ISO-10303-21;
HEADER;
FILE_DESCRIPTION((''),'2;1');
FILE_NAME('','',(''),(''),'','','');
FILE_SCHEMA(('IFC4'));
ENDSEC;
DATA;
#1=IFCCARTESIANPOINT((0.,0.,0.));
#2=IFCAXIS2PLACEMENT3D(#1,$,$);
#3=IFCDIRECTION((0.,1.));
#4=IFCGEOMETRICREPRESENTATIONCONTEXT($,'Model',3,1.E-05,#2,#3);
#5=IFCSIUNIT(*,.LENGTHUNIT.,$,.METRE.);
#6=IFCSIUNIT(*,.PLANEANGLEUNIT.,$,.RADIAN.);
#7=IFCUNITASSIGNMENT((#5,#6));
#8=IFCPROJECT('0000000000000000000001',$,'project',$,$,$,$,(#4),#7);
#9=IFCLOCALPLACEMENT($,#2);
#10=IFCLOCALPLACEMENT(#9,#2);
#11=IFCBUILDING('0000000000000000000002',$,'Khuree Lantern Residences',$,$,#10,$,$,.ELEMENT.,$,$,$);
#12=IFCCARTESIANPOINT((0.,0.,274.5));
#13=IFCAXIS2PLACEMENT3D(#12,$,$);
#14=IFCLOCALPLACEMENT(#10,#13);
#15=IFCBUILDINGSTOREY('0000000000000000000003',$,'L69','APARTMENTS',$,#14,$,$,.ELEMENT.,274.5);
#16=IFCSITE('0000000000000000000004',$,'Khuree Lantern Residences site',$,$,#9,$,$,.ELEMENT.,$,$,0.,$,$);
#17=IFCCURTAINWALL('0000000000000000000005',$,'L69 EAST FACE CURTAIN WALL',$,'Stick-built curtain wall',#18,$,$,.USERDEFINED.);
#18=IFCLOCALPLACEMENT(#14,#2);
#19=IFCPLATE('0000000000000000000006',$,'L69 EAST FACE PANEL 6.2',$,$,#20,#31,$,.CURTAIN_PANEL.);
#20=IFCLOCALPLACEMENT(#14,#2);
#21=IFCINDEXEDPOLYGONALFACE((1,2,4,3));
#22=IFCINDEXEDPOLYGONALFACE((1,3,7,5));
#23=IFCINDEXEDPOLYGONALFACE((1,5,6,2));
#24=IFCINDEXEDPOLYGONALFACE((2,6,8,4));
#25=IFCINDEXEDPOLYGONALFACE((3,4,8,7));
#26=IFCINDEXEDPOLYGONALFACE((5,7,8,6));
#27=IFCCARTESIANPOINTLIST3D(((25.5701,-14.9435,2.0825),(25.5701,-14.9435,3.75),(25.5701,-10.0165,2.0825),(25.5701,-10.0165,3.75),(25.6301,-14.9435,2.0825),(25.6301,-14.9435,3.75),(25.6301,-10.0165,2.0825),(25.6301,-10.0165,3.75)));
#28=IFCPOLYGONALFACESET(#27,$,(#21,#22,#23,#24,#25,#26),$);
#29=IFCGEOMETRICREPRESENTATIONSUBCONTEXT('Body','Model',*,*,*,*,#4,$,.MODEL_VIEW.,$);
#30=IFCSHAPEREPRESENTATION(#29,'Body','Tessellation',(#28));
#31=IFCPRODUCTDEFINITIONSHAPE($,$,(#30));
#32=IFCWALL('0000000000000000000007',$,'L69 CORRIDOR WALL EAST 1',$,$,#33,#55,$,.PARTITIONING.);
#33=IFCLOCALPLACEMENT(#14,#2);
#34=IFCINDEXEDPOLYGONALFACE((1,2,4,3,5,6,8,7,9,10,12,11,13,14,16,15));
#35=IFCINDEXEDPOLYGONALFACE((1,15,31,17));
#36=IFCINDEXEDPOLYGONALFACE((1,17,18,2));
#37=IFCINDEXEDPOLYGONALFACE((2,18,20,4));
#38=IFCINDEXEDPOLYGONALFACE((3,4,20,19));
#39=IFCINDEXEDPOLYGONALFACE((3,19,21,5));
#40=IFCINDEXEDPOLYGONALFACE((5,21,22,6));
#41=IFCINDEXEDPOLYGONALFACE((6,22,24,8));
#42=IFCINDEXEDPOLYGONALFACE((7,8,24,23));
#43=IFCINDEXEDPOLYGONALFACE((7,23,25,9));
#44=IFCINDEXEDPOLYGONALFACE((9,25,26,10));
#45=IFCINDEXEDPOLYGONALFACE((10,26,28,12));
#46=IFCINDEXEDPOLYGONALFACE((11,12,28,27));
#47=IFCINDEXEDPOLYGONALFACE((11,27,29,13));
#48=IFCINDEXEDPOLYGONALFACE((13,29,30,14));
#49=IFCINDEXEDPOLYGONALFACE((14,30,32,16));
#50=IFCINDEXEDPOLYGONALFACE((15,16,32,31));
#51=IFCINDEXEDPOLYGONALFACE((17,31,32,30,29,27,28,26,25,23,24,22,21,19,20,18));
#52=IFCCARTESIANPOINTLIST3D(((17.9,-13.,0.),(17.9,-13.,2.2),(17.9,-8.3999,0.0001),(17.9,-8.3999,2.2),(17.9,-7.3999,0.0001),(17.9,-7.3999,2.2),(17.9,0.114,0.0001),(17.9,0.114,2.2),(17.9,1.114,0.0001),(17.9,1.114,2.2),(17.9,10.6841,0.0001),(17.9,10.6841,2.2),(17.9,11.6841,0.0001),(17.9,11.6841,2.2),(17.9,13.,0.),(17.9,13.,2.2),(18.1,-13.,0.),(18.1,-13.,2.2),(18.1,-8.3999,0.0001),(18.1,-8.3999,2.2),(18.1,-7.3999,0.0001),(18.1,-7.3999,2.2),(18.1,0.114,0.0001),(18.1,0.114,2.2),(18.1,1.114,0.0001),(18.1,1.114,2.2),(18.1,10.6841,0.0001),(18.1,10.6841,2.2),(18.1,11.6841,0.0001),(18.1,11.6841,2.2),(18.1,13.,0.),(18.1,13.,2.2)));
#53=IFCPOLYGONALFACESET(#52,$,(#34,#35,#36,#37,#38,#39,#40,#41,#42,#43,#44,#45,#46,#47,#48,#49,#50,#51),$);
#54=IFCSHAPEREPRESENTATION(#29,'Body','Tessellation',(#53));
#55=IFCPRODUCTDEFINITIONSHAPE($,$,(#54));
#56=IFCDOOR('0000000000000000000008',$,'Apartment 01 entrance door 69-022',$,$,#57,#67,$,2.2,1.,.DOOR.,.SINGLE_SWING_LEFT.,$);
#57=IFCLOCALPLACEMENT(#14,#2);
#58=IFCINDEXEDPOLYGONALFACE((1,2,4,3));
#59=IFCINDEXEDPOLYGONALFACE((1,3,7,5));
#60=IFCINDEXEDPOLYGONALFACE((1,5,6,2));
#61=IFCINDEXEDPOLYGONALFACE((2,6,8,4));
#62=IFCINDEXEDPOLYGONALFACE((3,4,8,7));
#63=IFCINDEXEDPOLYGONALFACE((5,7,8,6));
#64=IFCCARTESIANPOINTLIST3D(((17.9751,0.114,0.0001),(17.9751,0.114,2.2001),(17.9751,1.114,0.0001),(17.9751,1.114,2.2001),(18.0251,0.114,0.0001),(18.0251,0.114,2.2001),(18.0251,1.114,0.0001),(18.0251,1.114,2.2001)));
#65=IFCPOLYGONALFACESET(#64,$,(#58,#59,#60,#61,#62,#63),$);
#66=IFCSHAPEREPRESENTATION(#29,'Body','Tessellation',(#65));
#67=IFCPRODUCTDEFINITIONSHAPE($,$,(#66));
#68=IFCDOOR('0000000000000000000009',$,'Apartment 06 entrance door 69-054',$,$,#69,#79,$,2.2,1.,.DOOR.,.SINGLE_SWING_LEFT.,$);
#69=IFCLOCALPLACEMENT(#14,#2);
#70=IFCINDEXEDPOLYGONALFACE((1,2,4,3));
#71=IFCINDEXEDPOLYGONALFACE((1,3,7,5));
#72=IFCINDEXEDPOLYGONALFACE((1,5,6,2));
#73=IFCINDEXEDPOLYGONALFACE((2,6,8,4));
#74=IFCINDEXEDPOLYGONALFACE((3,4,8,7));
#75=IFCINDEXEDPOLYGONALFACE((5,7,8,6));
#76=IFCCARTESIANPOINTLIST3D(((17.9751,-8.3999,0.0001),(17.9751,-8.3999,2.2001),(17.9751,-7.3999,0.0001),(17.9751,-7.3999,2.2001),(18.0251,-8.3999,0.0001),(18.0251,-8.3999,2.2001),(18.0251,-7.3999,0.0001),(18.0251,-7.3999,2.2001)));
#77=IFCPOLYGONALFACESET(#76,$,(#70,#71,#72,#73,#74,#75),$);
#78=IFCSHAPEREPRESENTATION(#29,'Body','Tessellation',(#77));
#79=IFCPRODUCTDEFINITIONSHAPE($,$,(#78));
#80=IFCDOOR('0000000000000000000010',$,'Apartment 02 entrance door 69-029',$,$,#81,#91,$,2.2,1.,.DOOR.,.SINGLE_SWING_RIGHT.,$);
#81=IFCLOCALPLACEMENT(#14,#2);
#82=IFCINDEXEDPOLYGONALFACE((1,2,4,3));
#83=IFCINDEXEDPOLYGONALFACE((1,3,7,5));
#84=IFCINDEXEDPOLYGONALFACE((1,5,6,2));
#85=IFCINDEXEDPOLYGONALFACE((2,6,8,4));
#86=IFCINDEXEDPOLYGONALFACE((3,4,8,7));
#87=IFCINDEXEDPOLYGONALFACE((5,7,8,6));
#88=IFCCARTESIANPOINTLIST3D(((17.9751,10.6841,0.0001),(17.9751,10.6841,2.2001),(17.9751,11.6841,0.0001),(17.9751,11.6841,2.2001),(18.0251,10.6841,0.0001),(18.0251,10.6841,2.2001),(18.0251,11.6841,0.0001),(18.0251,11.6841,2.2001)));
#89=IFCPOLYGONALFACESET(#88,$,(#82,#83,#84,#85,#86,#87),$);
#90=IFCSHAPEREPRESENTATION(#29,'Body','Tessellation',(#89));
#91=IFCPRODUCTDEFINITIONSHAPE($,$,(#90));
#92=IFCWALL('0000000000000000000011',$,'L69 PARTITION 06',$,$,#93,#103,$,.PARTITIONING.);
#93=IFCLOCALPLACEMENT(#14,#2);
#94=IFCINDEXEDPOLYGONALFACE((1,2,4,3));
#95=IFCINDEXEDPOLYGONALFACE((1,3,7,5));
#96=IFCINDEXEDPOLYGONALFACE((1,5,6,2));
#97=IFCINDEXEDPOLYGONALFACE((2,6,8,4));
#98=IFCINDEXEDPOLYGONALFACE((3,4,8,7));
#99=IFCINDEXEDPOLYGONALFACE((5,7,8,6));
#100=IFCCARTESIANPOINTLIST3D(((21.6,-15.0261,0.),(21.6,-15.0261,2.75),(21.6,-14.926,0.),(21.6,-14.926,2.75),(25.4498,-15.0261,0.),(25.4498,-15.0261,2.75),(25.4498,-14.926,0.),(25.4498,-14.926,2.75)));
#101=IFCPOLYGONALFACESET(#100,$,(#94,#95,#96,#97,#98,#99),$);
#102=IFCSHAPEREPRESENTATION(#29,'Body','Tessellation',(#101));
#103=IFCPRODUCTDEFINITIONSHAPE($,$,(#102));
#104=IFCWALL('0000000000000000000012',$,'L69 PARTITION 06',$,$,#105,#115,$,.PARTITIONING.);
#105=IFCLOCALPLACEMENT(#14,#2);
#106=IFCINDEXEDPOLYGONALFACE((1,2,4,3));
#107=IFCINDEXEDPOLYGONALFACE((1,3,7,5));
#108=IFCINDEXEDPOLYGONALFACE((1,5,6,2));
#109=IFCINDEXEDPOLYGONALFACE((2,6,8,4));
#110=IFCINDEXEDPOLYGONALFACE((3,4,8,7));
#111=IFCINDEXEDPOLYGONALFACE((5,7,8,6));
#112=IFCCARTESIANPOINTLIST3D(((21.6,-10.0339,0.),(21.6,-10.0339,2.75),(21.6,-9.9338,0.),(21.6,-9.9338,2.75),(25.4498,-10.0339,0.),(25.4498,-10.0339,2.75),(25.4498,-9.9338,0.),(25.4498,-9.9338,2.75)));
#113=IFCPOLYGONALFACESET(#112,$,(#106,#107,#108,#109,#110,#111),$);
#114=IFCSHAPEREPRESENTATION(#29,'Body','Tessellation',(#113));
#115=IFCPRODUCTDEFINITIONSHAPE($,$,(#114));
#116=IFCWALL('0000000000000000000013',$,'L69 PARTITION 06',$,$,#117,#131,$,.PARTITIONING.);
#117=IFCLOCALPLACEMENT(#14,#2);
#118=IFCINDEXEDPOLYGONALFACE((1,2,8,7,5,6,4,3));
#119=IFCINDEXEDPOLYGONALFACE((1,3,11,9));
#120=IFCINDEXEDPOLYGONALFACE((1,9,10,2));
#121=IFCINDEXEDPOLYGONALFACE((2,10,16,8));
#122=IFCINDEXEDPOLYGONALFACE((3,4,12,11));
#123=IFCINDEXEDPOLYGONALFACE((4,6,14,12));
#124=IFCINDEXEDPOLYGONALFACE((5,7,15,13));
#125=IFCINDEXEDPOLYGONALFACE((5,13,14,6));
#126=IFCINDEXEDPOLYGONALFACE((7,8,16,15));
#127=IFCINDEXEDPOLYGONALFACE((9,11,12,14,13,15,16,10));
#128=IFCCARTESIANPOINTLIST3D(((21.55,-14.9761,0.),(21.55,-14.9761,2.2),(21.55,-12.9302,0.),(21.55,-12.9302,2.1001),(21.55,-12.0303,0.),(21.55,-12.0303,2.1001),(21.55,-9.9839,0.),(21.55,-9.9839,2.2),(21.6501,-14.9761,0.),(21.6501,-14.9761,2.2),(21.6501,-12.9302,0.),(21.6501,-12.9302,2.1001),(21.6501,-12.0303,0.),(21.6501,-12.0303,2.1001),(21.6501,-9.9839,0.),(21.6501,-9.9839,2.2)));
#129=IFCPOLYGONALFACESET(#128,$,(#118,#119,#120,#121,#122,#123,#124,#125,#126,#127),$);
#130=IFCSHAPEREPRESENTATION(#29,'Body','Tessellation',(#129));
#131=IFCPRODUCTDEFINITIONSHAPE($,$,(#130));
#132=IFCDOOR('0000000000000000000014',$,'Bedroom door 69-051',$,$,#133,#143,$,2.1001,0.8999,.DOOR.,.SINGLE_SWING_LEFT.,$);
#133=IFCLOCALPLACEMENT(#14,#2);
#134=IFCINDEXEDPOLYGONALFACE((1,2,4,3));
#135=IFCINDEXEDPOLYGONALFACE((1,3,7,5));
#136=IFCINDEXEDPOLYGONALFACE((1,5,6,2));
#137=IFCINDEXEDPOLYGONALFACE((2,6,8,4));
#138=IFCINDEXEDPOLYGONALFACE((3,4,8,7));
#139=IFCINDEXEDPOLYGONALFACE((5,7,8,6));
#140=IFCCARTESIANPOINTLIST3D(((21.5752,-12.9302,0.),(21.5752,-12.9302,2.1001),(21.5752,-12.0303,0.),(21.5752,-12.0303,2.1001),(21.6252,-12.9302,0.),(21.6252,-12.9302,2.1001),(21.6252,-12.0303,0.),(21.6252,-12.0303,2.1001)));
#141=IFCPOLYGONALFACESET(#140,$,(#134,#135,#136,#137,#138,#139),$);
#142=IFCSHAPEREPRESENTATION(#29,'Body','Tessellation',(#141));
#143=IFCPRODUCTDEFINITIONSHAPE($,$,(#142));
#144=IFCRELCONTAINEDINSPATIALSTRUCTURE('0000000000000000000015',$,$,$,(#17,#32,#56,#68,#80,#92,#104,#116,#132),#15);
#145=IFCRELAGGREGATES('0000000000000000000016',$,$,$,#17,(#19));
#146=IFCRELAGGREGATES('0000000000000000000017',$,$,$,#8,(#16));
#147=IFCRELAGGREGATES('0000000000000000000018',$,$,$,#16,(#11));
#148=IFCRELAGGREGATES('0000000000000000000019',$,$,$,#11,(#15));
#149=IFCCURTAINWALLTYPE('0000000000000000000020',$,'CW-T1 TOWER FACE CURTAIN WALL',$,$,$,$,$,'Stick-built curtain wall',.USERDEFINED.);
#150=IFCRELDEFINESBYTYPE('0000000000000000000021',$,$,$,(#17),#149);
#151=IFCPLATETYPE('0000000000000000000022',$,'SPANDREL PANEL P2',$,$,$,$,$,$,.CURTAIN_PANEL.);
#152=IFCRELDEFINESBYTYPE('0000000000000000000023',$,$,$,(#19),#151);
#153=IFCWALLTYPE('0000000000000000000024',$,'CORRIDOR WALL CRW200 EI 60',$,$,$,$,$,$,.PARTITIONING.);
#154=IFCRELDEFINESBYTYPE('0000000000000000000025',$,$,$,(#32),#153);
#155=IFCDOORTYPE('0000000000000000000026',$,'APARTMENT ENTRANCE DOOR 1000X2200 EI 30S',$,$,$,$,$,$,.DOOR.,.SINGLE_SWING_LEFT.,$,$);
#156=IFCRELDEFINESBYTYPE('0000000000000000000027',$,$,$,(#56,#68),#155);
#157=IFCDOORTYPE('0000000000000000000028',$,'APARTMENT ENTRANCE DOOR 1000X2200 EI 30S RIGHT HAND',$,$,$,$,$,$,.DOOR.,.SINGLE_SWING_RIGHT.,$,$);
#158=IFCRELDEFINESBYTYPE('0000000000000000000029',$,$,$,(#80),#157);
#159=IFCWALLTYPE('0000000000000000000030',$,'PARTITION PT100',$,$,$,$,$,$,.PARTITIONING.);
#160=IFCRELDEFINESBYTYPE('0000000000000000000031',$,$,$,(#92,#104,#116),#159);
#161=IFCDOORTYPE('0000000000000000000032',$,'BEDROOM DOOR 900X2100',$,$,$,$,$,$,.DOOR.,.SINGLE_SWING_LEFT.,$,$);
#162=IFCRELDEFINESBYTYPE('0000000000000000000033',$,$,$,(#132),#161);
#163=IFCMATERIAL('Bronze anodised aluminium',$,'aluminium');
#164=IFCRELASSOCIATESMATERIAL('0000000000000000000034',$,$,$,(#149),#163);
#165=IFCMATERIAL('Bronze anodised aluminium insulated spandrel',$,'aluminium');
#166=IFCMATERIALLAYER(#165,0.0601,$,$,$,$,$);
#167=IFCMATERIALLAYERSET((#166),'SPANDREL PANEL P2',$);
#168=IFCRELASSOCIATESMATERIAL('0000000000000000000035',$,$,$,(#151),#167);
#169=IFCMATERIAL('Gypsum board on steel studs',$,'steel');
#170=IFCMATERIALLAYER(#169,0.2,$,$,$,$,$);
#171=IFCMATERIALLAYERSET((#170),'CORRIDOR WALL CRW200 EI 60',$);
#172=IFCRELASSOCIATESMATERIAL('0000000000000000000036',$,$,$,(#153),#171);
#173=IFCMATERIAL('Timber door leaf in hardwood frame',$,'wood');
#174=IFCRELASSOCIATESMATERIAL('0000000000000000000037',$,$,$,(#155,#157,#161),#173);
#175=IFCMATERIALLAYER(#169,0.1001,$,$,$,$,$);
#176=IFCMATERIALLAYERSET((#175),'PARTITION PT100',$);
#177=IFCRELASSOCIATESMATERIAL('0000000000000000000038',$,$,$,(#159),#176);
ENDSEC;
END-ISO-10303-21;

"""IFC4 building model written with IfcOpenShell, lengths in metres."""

from ifc_helpers import new_model, si_unit, direction, frame, frame_2d, origin, origin_2d, place, context, subcontext, project, spatial, rectangle, extrude, material, layer, layer_set, type_object, element, fill, aggregate, save


model = new_model("IFC4")

# Units and contexts
model_context = context("Model", 3, precision=1e-05, world=origin(), true_north=direction((0.0, 1.0)))
body_context = subcontext(model_context, "Body", "Model", "MODEL_VIEW")
ifc_project = project(units=[si_unit("LENGTHUNIT", "METRE"), si_unit("PLANEANGLEUNIT", "RADIAN")], contexts=[model_context])

# Site, building, storey
site_placement = place(None, origin())
site = spatial("IfcSite", under=ifc_project, at=site_placement, Name="Khuree Lantern Residences site", CompositionType="ELEMENT", RefElevation=0.0)
building_placement = place(site_placement, origin())
building = spatial("IfcBuilding", under=site, at=building_placement, Name="Khuree Lantern Residences", CompositionType="ELEMENT")
storey_placement = place(building_placement, frame((0.0, 0.0, 274.5)))
storey = spatial("IfcBuildingStorey", under=building, at=storey_placement, Name="L69", Description="APARTMENTS", CompositionType="ELEMENT", Elevation=274.5)

# Curtain wall
ifc_material_1 = material(Name="Bronze anodised aluminium", Category="aluminium")
curtain_wall_type = type_object("IfcCurtainWallType", Name="CW-T1 TOWER FACE CURTAIN WALL", ElementType="Stick-built curtain wall", PredefinedType="USERDEFINED", material=ifc_material_1)
curtain_wall_placement = place(storey_placement, origin())
curtain_wall = element("IfcCurtainWall", 1, at=curtain_wall_placement, inside=storey, type_object=curtain_wall_type, Name="L69 EAST FACE CURTAIN WALL", ObjectType="Stick-built curtain wall", PredefinedType="USERDEFINED")

# Plate
ifc_material_2 = material(Name="Bronze anodised aluminium insulated spandrel", Category="aluminium")
ifc_layer_1 = layer(ifc_material_2, 0.0601)
ifc_layer_set_1 = layer_set([ifc_layer_1], Name="SPANDREL PANEL P2")
plate_type_1 = type_object("IfcPlateType", Name="SPANDREL PANEL P2", PredefinedType="CURTAIN_PANEL", material=ifc_layer_set_1)
plate_1_placement = place(storey_placement, frame((25.6001, -12.48, 2.0825), z_axis=(0.0, 0.0, 1.0), x_axis=(0.0, 1.0, 0.0)))
plate_1 = element("IfcPlate", 2, at=plate_1_placement, type_object=plate_type_1, Name="L69 EAST FACE PANEL 6.2", PredefinedType="CURTAIN_PANEL", context=body_context, shape_type="SweptSolid", body=[
    extrude(rectangle(XDim=4.927, YDim=0.0601, at=origin_2d()), origin(), (0.0, 0.0, 1.0), 1.6675),
])
aggregate(curtain_wall, [plate_1])

# Wall, openings, doors
ifc_material_3 = material(Name="Gypsum board on steel studs", Category="steel")
ifc_layer_2 = layer(ifc_material_3, 0.2)
ifc_layer_set_2 = layer_set([ifc_layer_2], Name="CORRIDOR WALL CRW200 EI 60")
wall_type_1 = type_object("IfcWallType", Name="CORRIDOR WALL CRW200 EI 60", PredefinedType="PARTITIONING", material=ifc_layer_set_2)
wall_1_placement = place(storey_placement, frame((18.0, -13.0, 0.0), z_axis=(0.0, 0.0, 1.0), x_axis=(0.0, 1.0, 0.0)))
wall_1 = element("IfcWall", 3, at=wall_1_placement, inside=storey, type_object=wall_type_1, Name="L69 CORRIDOR WALL EAST 1", PredefinedType="PARTITIONING", context=body_context, shape_type="SweptSolid", body=[
    extrude(rectangle(XDim=26.0, YDim=0.2, at=frame_2d((13.0, 0.0))), origin(), (0.0, 0.0, 1.0), 2.2),
])
opening_1_placement = place(wall_1_placement, frame((13.114, 0.0, 0.0)))
opening_1 = element("IfcOpeningElement", 4, at=opening_1_placement, cuts=wall_1, PredefinedType="OPENING", context=body_context, shape_type="SweptSolid", body=[
    extrude(rectangle(XDim=1.0, YDim=2.2, at=frame_2d((0.5, 1.1001))), frame((0.0, 0.1099, 0.0), z_axis=(0.0, -1.0, 0.0), x_axis=(1.0, 0.0, 0.0)), (0.0, 0.0, 1.0), 0.22),
])
opening_2_placement = place(wall_1_placement, frame((23.6841, 0.0, 0.0)))
opening_2 = element("IfcOpeningElement", 5, at=opening_2_placement, cuts=wall_1, PredefinedType="OPENING", context=body_context, shape_type="SweptSolid", body=[
    extrude(rectangle(XDim=1.0, YDim=2.2, at=frame_2d((0.5, 1.1001))), frame((0.0, 0.1099, 0.0), z_axis=(0.0, -1.0, 0.0), x_axis=(1.0, 0.0, 0.0)), (0.0, 0.0, 1.0), 0.22),
])
opening_3_placement = place(wall_1_placement, frame((4.6001, 0.0, 0.0)))
opening_3 = element("IfcOpeningElement", 6, at=opening_3_placement, cuts=wall_1, PredefinedType="OPENING", context=body_context, shape_type="SweptSolid", body=[
    extrude(rectangle(XDim=1.0, YDim=2.2, at=frame_2d((0.5, 1.1001))), frame((0.0, 0.1099, 0.0), z_axis=(0.0, -1.0, 0.0), x_axis=(1.0, 0.0, 0.0)), (0.0, 0.0, 1.0), 0.22),
])
ifc_material_4 = material(Name="Timber door leaf in hardwood frame", Category="wood")
door_type_1 = type_object("IfcDoorType", Name="APARTMENT ENTRANCE DOOR 1000X2200 EI 30S", OperationType="SINGLE_SWING_LEFT", PredefinedType="DOOR", material=ifc_material_4)
door_1_placement = place(opening_1_placement, origin())
door_1 = element("IfcDoor", 7, at=door_1_placement, inside=storey, type_object=door_type_1, Name="Apartment 01 entrance door 69-022", OperationType="SINGLE_SWING_LEFT", OverallHeight=2.2, OverallWidth=1.0, PredefinedType="DOOR", context=body_context, shape_type="SweptSolid", body=[
    extrude(rectangle(XDim=1.0, YDim=2.2, at=frame_2d((0.5, 1.1001))), frame((0.0, 0.0249, 0.0), z_axis=(0.0, -1.0, 0.0), x_axis=(1.0, 0.0, 0.0)), (0.0, 0.0, 1.0), 0.05),
])
fill(opening_1, door_1)
door_2_placement = place(opening_3_placement, origin())
door_2 = element("IfcDoor", 8, at=door_2_placement, inside=storey, type_object=door_type_1, Name="Apartment 06 entrance door 69-054", OperationType="SINGLE_SWING_LEFT", OverallHeight=2.2, OverallWidth=1.0, PredefinedType="DOOR", context=body_context, shape_type="SweptSolid", body=[
    extrude(rectangle(XDim=1.0, YDim=2.2, at=frame_2d((0.5, 1.1001))), frame((0.0, 0.0249, 0.0), z_axis=(0.0, -1.0, 0.0), x_axis=(1.0, 0.0, 0.0)), (0.0, 0.0, 1.0), 0.05),
])
fill(opening_3, door_2)
door_type_2 = type_object("IfcDoorType", Name="APARTMENT ENTRANCE DOOR 1000X2200 EI 30S RIGHT HAND", OperationType="SINGLE_SWING_RIGHT", PredefinedType="DOOR", material=ifc_material_4)
door_3_placement = place(opening_2_placement, origin())
door_3 = element("IfcDoor", 9, at=door_3_placement, inside=storey, type_object=door_type_2, Name="Apartment 02 entrance door 69-029", OperationType="SINGLE_SWING_RIGHT", OverallHeight=2.2, OverallWidth=1.0, PredefinedType="DOOR", context=body_context, shape_type="SweptSolid", body=[
    extrude(rectangle(XDim=1.0, YDim=2.2, at=frame_2d((0.5, 1.1001))), frame((0.0, 0.0249, 0.0), z_axis=(0.0, -1.0, 0.0), x_axis=(1.0, 0.0, 0.0)), (0.0, 0.0, 1.0), 0.05),
])
fill(opening_2, door_3)

# Walls
ifc_layer_3 = layer(ifc_material_3, 0.1001)
ifc_layer_set_3 = layer_set([ifc_layer_3], Name="PARTITION PT100")
wall_type_2 = type_object("IfcWallType", Name="PARTITION PT100", PredefinedType="PARTITIONING", material=ifc_layer_set_3)
for number, where, z_axis, x_axis, name in (
    (10, (21.6001, -14.9761, 0.0), (0.0, 0.0, 1.0), (1.0, 0.0, 0.0), "L69 PARTITION 06"),
    (11, (21.6001, -9.9839, 0.0), (0.0, 0.0, 1.0), (1.0, 0.0, 0.0), "L69 PARTITION 06"),
):
    element("IfcWall", number, at=place(storey_placement, frame(where, z_axis=z_axis, x_axis=x_axis)), inside=storey, type_object=wall_type_2, Name=name, PredefinedType="PARTITIONING", context=body_context, shape_type="SweptSolid", body=[
        extrude(rectangle(XDim=3.8499, YDim=0.1001, at=frame_2d((1.9248, 0.0))), origin(), (0.0, 0.0, 1.0), 2.75),
    ])

# Wall, opening, door
wall_2_placement = place(storey_placement, frame((21.6001, -14.9761, 0.0), z_axis=(0.0, 0.0, 1.0), x_axis=(0.0, 1.0, 0.0)))
wall_2 = element("IfcWall", 12, at=wall_2_placement, inside=storey, type_object=wall_type_2, Name="L69 PARTITION 06", PredefinedType="PARTITIONING", context=body_context, shape_type="SweptSolid", body=[
    extrude(rectangle(XDim=4.9922, YDim=0.1001, at=frame_2d((2.4961, 0.0))), origin(), (0.0, 0.0, 1.0), 2.2),
])
opening_4_placement = place(wall_2_placement, frame((2.0459, 0.0, 0.0)))
opening_4 = element("IfcOpeningElement", 13, at=opening_4_placement, cuts=wall_2, PredefinedType="OPENING", context=body_context, shape_type="SweptSolid", body=[
    extrude(rectangle(XDim=0.8999, YDim=2.1001, at=frame_2d((0.45, 1.05))), frame((0.0, 0.0601, 0.0), z_axis=(0.0, -1.0, 0.0), x_axis=(1.0, 0.0, 0.0)), (0.0, 0.0, 1.0), 0.1201),
])
door_type_3 = type_object("IfcDoorType", Name="BEDROOM DOOR 900X2100", OperationType="SINGLE_SWING_LEFT", PredefinedType="DOOR", material=ifc_material_4)
door_4_placement = place(opening_4_placement, origin())
door_4 = element("IfcDoor", 14, at=door_4_placement, inside=storey, type_object=door_type_3, Name="Bedroom door 69-051", OperationType="SINGLE_SWING_LEFT", OverallHeight=2.1001, OverallWidth=0.8999, PredefinedType="DOOR", context=body_context, shape_type="SweptSolid", body=[
    extrude(rectangle(XDim=0.8999, YDim=2.1001, at=frame_2d((0.45, 1.05))), frame((0.0, 0.0249, 0.0), z_axis=(0.0, -1.0, 0.0), x_axis=(1.0, 0.0, 0.0)), (0.0, 0.0, 1.0), 0.05),
])
fill(opening_4, door_4)

save(model, "model.ifc")
